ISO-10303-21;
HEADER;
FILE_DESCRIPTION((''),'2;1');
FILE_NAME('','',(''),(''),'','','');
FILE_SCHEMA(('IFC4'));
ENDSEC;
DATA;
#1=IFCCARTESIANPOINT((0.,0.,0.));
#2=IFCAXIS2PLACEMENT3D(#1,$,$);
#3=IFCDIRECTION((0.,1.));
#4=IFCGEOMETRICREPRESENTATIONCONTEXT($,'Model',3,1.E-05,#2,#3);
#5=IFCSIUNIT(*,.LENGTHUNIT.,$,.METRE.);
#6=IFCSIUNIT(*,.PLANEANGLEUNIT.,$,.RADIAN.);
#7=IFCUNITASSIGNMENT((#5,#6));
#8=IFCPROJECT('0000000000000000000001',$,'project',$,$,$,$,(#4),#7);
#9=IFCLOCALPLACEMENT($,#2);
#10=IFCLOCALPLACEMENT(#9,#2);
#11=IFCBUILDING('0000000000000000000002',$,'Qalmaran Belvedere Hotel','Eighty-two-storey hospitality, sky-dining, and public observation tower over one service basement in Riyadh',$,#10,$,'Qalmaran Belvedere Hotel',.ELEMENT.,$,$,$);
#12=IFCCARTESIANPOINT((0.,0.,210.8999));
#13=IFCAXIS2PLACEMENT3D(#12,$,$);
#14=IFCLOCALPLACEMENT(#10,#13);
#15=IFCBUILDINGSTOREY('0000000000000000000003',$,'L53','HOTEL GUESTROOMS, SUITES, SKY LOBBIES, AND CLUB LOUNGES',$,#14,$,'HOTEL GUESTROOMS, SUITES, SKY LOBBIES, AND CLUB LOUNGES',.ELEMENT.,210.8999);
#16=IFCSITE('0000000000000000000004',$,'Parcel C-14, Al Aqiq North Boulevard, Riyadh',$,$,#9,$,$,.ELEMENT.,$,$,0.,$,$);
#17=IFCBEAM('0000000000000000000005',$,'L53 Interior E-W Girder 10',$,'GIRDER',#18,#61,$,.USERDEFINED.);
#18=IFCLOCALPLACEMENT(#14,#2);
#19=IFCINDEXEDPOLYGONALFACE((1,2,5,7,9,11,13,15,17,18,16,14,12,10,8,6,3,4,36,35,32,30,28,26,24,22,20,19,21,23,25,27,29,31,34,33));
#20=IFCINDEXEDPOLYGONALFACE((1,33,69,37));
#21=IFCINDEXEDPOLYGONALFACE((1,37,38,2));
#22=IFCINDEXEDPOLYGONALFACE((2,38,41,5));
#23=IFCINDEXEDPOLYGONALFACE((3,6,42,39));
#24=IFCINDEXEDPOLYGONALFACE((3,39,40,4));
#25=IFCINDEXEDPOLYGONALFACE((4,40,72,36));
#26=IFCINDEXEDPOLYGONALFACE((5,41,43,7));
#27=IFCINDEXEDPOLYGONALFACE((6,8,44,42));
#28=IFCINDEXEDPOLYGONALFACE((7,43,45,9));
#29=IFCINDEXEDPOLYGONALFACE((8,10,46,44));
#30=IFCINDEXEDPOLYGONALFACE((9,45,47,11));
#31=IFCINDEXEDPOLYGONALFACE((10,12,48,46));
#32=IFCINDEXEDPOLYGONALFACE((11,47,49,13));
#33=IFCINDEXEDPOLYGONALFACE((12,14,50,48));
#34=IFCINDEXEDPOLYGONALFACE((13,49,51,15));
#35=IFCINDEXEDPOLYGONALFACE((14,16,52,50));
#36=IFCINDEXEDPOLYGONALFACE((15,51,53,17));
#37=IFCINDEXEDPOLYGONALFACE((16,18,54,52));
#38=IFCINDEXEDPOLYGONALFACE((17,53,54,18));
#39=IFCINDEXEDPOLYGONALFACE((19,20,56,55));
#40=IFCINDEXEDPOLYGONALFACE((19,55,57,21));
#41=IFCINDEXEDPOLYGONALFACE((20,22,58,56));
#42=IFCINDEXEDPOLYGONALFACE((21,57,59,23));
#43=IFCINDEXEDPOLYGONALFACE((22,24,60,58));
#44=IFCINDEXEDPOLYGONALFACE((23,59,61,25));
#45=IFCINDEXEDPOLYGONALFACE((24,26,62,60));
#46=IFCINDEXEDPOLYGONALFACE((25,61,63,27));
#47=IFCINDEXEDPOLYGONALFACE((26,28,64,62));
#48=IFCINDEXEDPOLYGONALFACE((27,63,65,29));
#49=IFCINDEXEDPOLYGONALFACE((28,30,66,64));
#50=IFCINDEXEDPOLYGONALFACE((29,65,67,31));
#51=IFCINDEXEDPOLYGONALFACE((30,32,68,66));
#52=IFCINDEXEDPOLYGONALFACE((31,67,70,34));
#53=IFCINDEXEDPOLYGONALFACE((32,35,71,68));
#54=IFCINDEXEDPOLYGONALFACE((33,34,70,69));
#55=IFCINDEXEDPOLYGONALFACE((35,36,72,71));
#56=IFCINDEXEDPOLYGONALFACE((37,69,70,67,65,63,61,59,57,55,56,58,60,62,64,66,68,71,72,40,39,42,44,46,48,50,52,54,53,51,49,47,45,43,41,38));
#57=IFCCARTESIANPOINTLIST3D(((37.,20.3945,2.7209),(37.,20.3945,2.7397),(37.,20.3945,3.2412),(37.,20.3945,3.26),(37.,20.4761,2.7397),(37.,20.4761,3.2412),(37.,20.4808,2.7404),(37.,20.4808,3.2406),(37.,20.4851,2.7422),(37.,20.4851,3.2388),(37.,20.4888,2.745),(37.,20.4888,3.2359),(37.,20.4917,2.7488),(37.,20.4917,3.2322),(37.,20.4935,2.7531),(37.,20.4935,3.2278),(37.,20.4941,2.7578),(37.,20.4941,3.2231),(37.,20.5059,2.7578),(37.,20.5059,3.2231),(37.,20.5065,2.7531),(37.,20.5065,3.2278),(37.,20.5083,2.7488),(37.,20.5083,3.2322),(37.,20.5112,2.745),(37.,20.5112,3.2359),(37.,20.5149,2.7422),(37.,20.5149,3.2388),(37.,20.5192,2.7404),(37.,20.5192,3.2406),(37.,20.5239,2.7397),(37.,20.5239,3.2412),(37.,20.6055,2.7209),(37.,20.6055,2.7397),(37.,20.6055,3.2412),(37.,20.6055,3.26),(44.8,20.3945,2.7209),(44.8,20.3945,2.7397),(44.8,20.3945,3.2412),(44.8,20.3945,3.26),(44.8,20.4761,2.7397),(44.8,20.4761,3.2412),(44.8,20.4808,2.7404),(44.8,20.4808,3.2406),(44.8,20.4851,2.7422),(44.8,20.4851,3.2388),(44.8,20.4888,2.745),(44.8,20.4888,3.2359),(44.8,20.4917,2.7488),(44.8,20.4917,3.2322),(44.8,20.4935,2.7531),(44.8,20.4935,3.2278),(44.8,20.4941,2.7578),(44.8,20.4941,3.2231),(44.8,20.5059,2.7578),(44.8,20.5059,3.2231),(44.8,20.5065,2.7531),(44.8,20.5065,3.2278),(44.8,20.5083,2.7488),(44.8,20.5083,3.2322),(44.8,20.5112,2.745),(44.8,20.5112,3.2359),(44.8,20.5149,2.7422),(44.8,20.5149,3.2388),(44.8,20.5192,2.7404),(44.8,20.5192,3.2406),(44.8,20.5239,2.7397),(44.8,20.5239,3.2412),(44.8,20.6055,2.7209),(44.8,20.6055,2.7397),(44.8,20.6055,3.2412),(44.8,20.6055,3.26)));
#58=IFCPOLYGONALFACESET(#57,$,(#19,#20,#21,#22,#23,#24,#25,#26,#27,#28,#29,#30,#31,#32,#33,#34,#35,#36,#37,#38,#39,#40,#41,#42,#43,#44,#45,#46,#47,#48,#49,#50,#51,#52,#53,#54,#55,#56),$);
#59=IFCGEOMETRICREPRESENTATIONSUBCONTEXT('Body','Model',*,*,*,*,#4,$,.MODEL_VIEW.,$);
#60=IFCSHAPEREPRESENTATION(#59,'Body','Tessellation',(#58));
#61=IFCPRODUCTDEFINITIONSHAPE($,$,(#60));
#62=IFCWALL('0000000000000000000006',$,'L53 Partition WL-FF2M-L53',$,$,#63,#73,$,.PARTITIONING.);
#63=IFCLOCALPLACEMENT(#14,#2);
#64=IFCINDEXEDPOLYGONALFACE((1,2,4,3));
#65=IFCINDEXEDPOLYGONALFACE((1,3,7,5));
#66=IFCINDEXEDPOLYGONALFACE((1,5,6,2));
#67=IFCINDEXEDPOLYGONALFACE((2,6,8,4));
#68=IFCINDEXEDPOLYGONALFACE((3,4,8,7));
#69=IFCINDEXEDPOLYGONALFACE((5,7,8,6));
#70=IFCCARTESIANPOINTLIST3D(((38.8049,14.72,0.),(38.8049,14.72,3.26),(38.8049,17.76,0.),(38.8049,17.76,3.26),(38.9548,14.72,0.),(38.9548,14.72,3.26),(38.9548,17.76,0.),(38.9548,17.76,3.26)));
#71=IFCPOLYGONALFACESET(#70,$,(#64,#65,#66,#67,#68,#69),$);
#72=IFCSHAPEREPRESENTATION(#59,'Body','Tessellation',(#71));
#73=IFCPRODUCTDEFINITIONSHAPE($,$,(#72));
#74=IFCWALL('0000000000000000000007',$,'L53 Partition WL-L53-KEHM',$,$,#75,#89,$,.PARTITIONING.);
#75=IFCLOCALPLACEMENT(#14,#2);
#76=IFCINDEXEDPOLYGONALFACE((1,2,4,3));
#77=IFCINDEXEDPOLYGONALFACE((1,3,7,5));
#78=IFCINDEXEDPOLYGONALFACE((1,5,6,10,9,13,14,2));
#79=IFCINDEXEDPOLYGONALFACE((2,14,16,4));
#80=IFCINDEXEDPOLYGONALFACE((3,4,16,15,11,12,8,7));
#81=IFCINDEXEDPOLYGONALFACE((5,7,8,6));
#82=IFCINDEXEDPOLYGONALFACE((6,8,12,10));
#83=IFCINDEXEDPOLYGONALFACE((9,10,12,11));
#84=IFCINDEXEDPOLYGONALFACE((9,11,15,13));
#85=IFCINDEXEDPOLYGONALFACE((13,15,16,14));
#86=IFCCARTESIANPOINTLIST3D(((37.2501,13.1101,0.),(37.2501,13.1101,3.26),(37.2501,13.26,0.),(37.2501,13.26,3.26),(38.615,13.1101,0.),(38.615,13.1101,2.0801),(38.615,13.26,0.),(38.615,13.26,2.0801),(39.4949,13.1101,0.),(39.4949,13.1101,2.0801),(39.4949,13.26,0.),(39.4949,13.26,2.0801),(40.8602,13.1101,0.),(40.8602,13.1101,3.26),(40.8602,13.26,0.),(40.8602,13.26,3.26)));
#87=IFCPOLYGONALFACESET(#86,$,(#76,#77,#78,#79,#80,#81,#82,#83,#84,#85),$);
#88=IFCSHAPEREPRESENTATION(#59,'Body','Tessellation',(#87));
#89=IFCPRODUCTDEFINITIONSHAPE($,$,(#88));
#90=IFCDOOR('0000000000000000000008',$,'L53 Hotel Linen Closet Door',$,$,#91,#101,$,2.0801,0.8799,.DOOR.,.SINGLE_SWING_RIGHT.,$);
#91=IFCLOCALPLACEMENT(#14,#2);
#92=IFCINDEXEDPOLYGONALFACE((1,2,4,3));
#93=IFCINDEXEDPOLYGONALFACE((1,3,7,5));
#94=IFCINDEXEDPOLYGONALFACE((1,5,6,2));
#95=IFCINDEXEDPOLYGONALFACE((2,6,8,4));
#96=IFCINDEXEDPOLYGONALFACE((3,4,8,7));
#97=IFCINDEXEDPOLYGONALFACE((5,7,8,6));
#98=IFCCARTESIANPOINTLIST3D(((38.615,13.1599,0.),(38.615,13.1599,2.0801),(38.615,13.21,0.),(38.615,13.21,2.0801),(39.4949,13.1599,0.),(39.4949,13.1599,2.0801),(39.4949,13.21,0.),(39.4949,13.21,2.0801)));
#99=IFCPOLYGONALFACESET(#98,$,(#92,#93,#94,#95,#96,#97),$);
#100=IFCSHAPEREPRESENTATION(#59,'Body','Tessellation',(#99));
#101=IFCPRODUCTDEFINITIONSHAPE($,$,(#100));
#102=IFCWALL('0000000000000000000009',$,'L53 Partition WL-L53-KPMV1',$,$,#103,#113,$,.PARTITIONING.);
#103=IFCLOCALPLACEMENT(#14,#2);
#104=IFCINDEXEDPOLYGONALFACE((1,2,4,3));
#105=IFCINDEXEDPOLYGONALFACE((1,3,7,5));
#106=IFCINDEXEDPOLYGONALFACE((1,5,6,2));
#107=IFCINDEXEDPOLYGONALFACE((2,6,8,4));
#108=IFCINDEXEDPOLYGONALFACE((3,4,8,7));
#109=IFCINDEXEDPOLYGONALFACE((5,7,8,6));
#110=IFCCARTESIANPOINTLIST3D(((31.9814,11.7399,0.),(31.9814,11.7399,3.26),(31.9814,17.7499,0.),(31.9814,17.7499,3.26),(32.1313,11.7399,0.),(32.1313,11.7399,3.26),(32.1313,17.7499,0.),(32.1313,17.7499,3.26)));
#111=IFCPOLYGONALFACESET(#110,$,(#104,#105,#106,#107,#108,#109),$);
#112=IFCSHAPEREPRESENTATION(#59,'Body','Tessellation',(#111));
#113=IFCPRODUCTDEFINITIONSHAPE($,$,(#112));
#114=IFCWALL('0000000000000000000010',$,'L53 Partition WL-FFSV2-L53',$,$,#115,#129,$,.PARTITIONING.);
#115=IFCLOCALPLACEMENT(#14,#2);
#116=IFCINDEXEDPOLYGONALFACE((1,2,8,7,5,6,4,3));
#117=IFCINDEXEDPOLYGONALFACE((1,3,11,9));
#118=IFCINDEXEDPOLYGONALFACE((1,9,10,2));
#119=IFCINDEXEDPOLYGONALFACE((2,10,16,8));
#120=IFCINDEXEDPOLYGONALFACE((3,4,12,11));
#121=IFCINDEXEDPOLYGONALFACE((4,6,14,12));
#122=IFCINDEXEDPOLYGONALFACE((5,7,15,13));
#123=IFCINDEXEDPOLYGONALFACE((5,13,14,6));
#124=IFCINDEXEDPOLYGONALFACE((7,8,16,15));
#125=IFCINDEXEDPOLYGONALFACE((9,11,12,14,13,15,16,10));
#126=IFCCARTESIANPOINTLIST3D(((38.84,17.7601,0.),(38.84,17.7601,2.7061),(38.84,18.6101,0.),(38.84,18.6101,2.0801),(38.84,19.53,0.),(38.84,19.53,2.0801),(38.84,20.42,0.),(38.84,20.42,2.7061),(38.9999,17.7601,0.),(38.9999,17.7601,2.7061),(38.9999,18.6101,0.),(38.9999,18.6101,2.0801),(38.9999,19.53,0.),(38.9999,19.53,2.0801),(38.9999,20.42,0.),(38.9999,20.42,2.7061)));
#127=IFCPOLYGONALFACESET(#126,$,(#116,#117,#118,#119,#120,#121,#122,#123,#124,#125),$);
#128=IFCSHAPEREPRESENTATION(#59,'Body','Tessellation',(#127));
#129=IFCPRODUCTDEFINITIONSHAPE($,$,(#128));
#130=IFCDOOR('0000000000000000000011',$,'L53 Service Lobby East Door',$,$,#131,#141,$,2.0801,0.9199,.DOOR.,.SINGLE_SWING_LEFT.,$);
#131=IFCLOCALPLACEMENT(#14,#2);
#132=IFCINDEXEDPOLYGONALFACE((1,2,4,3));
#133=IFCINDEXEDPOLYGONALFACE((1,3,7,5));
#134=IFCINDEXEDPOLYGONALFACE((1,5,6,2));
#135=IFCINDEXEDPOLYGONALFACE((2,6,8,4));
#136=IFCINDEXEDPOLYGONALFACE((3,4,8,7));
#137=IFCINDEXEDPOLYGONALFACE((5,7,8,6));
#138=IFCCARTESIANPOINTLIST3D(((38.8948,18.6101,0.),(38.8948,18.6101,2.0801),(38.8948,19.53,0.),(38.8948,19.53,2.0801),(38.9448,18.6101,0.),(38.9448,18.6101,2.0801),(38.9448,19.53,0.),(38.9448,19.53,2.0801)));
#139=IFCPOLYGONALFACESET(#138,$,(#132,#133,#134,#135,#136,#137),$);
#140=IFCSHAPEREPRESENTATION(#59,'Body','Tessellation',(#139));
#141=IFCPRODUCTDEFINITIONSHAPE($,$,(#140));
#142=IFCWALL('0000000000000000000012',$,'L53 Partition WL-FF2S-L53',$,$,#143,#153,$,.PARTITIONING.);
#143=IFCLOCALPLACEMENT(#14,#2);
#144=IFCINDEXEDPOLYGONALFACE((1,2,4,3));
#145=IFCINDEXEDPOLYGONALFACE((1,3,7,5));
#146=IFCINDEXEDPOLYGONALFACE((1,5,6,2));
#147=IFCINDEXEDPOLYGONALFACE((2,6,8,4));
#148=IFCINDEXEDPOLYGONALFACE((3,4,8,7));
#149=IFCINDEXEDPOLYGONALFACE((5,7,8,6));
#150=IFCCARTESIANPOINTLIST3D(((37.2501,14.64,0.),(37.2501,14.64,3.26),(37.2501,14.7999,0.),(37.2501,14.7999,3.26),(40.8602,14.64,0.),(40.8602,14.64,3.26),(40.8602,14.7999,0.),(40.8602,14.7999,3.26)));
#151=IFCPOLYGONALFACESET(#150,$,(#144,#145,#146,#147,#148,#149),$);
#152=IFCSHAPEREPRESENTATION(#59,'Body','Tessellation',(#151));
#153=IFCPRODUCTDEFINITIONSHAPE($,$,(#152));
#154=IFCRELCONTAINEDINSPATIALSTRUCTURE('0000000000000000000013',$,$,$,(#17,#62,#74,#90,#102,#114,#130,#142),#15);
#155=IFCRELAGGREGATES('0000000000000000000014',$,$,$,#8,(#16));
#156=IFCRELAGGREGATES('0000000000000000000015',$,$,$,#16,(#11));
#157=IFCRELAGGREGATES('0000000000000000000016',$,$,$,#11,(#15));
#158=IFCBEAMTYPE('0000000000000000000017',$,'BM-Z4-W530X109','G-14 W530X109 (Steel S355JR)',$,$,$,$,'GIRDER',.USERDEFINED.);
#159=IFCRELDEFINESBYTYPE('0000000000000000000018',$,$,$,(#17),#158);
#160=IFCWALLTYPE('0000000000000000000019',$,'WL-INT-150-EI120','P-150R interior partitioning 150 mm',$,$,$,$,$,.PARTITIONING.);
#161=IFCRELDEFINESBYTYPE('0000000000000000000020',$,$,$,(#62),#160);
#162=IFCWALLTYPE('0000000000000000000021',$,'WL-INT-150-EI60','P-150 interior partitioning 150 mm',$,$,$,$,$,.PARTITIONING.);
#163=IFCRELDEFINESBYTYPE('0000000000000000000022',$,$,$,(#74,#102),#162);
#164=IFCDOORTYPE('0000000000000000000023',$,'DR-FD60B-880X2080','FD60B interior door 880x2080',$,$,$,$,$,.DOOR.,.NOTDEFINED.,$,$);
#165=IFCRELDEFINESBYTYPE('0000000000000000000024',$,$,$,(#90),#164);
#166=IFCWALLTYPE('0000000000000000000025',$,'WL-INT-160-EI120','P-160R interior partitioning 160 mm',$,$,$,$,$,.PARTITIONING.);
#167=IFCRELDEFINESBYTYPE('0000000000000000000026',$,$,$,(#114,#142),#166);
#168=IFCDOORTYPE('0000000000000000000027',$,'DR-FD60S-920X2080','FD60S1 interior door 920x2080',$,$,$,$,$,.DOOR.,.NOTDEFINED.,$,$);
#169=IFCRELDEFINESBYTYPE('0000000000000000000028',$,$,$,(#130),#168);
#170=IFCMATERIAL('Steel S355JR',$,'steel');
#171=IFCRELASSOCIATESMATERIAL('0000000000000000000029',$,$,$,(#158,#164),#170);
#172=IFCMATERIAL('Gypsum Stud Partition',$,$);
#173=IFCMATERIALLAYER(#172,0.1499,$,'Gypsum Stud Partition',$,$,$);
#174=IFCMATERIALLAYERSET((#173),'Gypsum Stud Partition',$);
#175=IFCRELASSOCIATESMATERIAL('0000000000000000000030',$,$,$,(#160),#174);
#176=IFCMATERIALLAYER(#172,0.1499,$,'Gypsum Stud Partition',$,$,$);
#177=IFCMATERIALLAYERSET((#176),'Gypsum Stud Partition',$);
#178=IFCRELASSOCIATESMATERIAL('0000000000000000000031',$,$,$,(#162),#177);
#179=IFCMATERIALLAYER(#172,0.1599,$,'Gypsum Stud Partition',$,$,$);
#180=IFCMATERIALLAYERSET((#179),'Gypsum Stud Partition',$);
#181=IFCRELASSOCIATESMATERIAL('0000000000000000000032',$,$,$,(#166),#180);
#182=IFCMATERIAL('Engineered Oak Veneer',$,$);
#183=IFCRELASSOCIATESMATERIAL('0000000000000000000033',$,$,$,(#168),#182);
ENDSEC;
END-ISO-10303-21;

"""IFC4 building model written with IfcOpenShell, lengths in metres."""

from ifc_helpers import new_model, si_unit, direction, frame, frame_2d, origin, origin_2d, place, context, subcontext, project, spatial, rectangle, i_section, extrude, material, layer, layer_set, material_profile, profile_set, type_object, element, fill, save


model = new_model("IFC4")

# Units and contexts
model_context = context("Model", 3, precision=1e-05, world=origin(), true_north=direction((0.0, 1.0)))
body_context = subcontext(model_context, "Body", "Model", "MODEL_VIEW")
ifc_project = project(units=[si_unit("LENGTHUNIT", "METRE"), si_unit("PLANEANGLEUNIT", "RADIAN")], contexts=[model_context])

# Site, building, storey
site_placement = place(None, origin())
site = spatial("IfcSite", under=ifc_project, at=site_placement, Name="Parcel C-14, Al Aqiq North Boulevard, Riyadh", CompositionType="ELEMENT", RefElevation=0.0)
building_placement = place(site_placement, origin())
building = spatial("IfcBuilding", under=site, at=building_placement, Name="Qalmaran Belvedere Hotel", Description="Eighty-two-storey hospitality, sky-dining, and public observation tower over one service basement in Riyadh", LongName="Qalmaran Belvedere Hotel", CompositionType="ELEMENT")
storey_placement = place(building_placement, frame((0.0, 0.0, 210.8999)))
storey = spatial("IfcBuildingStorey", under=building, at=storey_placement, Name="L53", Description="HOTEL GUESTROOMS, SUITES, SKY LOBBIES, AND CLUB LOUNGES", LongName="HOTEL GUESTROOMS, SUITES, SKY LOBBIES, AND CLUB LOUNGES", CompositionType="ELEMENT", Elevation=210.8999)

# Beam
ifc_material_1 = material(Name="Steel S355JR", Category="steel")
ifc_material_profile_1 = material_profile(ifc_material_1, i_section(OverallWidth=0.2109, OverallDepth=0.5391, WebThickness=0.0117, FlangeThickness=0.0188, FilletRadius=0.0181, at=origin_2d()), Name="W530X109")
ifc_profile_set_1 = profile_set([ifc_material_profile_1], Name="Steel S355JR")
beam_type_1 = type_object("IfcBeamType", Name="BM-Z4-W530X109", Description="G-14 W530X109 (Steel S355JR)", ElementType="GIRDER", PredefinedType="USERDEFINED", material=ifc_profile_set_1)
for number, where, z_axis, x_axis, name in (
    (1, (37.0, 20.5, 2.9905), (1.0, 0.0, 0.0), (0.0, 1.0, 0.0), "L53 Interior E-W Girder 10"),
):
    element("IfcBeam", number, at=place(storey_placement, frame(where, z_axis=z_axis, x_axis=x_axis)), inside=storey, type_object=beam_type_1, Name=name, ObjectType="GIRDER", PredefinedType="USERDEFINED", context=body_context, shape_type="SweptSolid", body=[
        extrude(i_section(OverallWidth=0.2109, OverallDepth=0.5391, WebThickness=0.0117, FlangeThickness=0.0188, FilletRadius=0.0181, at=origin_2d()), origin(), (0.0, 0.0, 1.0), 7.8),
    ])

# Wall
ifc_material_2 = material(Name="Gypsum Stud Partition")
ifc_layer_1 = layer(ifc_material_2, 0.1499, Name="Gypsum Stud Partition")
ifc_layer_set_1 = layer_set([ifc_layer_1], Name="Gypsum Stud Partition")
wall_type_1 = type_object("IfcWallType", Name="WL-INT-150-EI120", Description="P-150R interior partitioning 150 mm", PredefinedType="PARTITIONING", material=ifc_layer_set_1)
wall_1_placement = place(storey_placement, frame((38.8799, 14.72, 0.0), z_axis=(0.0, 0.0, 1.0), x_axis=(0.0, 1.0, 0.0)))
element("IfcWall", 2, at=wall_1_placement, inside=storey, type_object=wall_type_1, Name="L53 Partition WL-FF2M-L53", PredefinedType="PARTITIONING", context=body_context, shape_type="SweptSolid", body=[
    extrude(rectangle(XDim=3.04, YDim=0.1499, at=frame_2d((1.52, 0.0))), origin(), (0.0, 0.0, 1.0), 3.26),
])

# Wall, opening, door
ifc_layer_2 = layer(ifc_material_2, 0.1499, Name="Gypsum Stud Partition")
ifc_layer_set_2 = layer_set([ifc_layer_2], Name="Gypsum Stud Partition")
wall_type_2 = type_object("IfcWallType", Name="WL-INT-150-EI60", Description="P-150 interior partitioning 150 mm", PredefinedType="PARTITIONING", material=ifc_layer_set_2)
wall_2_placement = place(storey_placement, frame((37.25, 13.1851, 0.0), z_axis=(0.0, 0.0, 1.0), x_axis=(1.0, 0.0, 0.0)))
wall_2 = element("IfcWall", 3, at=wall_2_placement, inside=storey, type_object=wall_type_2, Name="L53 Partition WL-L53-KEHM", PredefinedType="PARTITIONING", context=body_context, shape_type="SweptSolid", body=[
    extrude(rectangle(XDim=3.6101, YDim=0.1499, at=frame_2d((1.8052, 0.0))), origin(), (0.0, 0.0, 1.0), 3.26),
])
opening_1_placement = place(wall_2_placement, frame((1.365, 0.0, 0.0)))
opening_1 = element("IfcOpeningElement", 4, at=opening_1_placement, cuts=wall_2, PredefinedType="OPENING", context=body_context, shape_type="SweptSolid", body=[
    extrude(rectangle(XDim=0.8799, YDim=2.0801, at=frame_2d((0.4399, 1.04))), frame((0.0, 0.085, 0.0), z_axis=(0.0, -1.0, 0.0), x_axis=(1.0, 0.0, 0.0)), (0.0, 0.0, 1.0), 0.1699),
])
door_type_1 = type_object("IfcDoorType", Name="DR-FD60B-880X2080", Description="FD60B interior door 880x2080", OperationType="NOTDEFINED", PredefinedType="DOOR", material=ifc_material_1)
door_1_placement = place(opening_1_placement, origin())
door_1 = element("IfcDoor", 5, at=door_1_placement, inside=storey, type_object=door_type_1, Name="L53 Hotel Linen Closet Door", OperationType="SINGLE_SWING_RIGHT", OverallHeight=2.0801, OverallWidth=0.8799, PredefinedType="DOOR", context=body_context, shape_type="SweptSolid", body=[
    extrude(rectangle(XDim=0.8799, YDim=2.0801, at=frame_2d((0.4399, 1.04))), frame((0.0, 0.0249, 0.0), z_axis=(0.0, -1.0, 0.0), x_axis=(1.0, 0.0, 0.0)), (0.0, 0.0, 1.0), 0.05),
])
fill(opening_1, door_1)

# Wall
wall_3_placement = place(storey_placement, frame((32.0564, 11.74, 0.0), z_axis=(0.0, 0.0, 1.0), x_axis=(0.0, 1.0, 0.0)))
element("IfcWall", 6, at=wall_3_placement, inside=storey, type_object=wall_type_2, Name="L53 Partition WL-L53-KPMV1", PredefinedType="PARTITIONING", context=body_context, shape_type="SweptSolid", body=[
    extrude(rectangle(XDim=6.01, YDim=0.1499, at=frame_2d((3.0049, 0.0))), origin(), (0.0, 0.0, 1.0), 3.26),
])

# Wall, opening, door
ifc_layer_3 = layer(ifc_material_2, 0.1599, Name="Gypsum Stud Partition")
ifc_layer_set_3 = layer_set([ifc_layer_3], Name="Gypsum Stud Partition")
wall_type_3 = type_object("IfcWallType", Name="WL-INT-160-EI120", Description="P-160R interior partitioning 160 mm", PredefinedType="PARTITIONING", material=ifc_layer_set_3)
wall_4_placement = place(storey_placement, frame((38.9199, 17.76, 0.0), z_axis=(0.0, 0.0, 1.0), x_axis=(0.0, 1.0, 0.0)))
wall_4 = element("IfcWall", 7, at=wall_4_placement, inside=storey, type_object=wall_type_3, Name="L53 Partition WL-FFSV2-L53", PredefinedType="PARTITIONING", context=body_context, shape_type="SweptSolid", body=[
    extrude(rectangle(XDim=2.6599, YDim=0.1599, at=frame_2d((1.3301, 0.0))), origin(), (0.0, 0.0, 1.0), 2.7061),
])
opening_2_placement = place(wall_4_placement, frame((1.77, 0.0, 0.0), z_axis=(0.0, 0.0, 1.0), x_axis=(-1.0, 0.0, 0.0)))
opening_2 = element("IfcOpeningElement", 8, at=opening_2_placement, cuts=wall_4, PredefinedType="OPENING", context=body_context, shape_type="SweptSolid", body=[
    extrude(rectangle(XDim=0.9199, YDim=2.0801, at=frame_2d((0.46, 1.04))), frame((0.0, 0.0898, 0.0), z_axis=(0.0, -1.0, 0.0), x_axis=(1.0, 0.0, 0.0)), (0.0, 0.0, 1.0), 0.1799),
])
ifc_material_3 = material(Name="Engineered Oak Veneer")
door_type_2 = type_object("IfcDoorType", Name="DR-FD60S-920X2080", Description="FD60S1 interior door 920x2080", OperationType="NOTDEFINED", PredefinedType="DOOR", material=ifc_material_3)
door_2_placement = place(opening_2_placement, origin())
door_2 = element("IfcDoor", 9, at=door_2_placement, inside=storey, type_object=door_type_2, Name="L53 Service Lobby East Door", OperationType="SINGLE_SWING_LEFT", OverallHeight=2.0801, OverallWidth=0.9199, PredefinedType="DOOR", context=body_context, shape_type="SweptSolid", body=[
    extrude(rectangle(XDim=0.9199, YDim=2.0801, at=frame_2d((0.46, 1.04))), frame((0.0, 0.0249, 0.0), z_axis=(0.0, -1.0, 0.0), x_axis=(1.0, 0.0, 0.0)), (0.0, 0.0, 1.0), 0.05),
])
fill(opening_2, door_2)

# Wall
wall_5_placement = place(storey_placement, frame((37.25, 14.72, 0.0), z_axis=(0.0, 0.0, 1.0), x_axis=(1.0, 0.0, 0.0)))
element("IfcWall", 10, at=wall_5_placement, inside=storey, type_object=wall_type_3, Name="L53 Partition WL-FF2S-L53", PredefinedType="PARTITIONING", context=body_context, shape_type="SweptSolid", body=[
    extrude(rectangle(XDim=3.6101, YDim=0.1599, at=frame_2d((1.8052, 0.0))), origin(), (0.0, 0.0, 1.0), 3.26),
])

save(model, "model.ifc")
